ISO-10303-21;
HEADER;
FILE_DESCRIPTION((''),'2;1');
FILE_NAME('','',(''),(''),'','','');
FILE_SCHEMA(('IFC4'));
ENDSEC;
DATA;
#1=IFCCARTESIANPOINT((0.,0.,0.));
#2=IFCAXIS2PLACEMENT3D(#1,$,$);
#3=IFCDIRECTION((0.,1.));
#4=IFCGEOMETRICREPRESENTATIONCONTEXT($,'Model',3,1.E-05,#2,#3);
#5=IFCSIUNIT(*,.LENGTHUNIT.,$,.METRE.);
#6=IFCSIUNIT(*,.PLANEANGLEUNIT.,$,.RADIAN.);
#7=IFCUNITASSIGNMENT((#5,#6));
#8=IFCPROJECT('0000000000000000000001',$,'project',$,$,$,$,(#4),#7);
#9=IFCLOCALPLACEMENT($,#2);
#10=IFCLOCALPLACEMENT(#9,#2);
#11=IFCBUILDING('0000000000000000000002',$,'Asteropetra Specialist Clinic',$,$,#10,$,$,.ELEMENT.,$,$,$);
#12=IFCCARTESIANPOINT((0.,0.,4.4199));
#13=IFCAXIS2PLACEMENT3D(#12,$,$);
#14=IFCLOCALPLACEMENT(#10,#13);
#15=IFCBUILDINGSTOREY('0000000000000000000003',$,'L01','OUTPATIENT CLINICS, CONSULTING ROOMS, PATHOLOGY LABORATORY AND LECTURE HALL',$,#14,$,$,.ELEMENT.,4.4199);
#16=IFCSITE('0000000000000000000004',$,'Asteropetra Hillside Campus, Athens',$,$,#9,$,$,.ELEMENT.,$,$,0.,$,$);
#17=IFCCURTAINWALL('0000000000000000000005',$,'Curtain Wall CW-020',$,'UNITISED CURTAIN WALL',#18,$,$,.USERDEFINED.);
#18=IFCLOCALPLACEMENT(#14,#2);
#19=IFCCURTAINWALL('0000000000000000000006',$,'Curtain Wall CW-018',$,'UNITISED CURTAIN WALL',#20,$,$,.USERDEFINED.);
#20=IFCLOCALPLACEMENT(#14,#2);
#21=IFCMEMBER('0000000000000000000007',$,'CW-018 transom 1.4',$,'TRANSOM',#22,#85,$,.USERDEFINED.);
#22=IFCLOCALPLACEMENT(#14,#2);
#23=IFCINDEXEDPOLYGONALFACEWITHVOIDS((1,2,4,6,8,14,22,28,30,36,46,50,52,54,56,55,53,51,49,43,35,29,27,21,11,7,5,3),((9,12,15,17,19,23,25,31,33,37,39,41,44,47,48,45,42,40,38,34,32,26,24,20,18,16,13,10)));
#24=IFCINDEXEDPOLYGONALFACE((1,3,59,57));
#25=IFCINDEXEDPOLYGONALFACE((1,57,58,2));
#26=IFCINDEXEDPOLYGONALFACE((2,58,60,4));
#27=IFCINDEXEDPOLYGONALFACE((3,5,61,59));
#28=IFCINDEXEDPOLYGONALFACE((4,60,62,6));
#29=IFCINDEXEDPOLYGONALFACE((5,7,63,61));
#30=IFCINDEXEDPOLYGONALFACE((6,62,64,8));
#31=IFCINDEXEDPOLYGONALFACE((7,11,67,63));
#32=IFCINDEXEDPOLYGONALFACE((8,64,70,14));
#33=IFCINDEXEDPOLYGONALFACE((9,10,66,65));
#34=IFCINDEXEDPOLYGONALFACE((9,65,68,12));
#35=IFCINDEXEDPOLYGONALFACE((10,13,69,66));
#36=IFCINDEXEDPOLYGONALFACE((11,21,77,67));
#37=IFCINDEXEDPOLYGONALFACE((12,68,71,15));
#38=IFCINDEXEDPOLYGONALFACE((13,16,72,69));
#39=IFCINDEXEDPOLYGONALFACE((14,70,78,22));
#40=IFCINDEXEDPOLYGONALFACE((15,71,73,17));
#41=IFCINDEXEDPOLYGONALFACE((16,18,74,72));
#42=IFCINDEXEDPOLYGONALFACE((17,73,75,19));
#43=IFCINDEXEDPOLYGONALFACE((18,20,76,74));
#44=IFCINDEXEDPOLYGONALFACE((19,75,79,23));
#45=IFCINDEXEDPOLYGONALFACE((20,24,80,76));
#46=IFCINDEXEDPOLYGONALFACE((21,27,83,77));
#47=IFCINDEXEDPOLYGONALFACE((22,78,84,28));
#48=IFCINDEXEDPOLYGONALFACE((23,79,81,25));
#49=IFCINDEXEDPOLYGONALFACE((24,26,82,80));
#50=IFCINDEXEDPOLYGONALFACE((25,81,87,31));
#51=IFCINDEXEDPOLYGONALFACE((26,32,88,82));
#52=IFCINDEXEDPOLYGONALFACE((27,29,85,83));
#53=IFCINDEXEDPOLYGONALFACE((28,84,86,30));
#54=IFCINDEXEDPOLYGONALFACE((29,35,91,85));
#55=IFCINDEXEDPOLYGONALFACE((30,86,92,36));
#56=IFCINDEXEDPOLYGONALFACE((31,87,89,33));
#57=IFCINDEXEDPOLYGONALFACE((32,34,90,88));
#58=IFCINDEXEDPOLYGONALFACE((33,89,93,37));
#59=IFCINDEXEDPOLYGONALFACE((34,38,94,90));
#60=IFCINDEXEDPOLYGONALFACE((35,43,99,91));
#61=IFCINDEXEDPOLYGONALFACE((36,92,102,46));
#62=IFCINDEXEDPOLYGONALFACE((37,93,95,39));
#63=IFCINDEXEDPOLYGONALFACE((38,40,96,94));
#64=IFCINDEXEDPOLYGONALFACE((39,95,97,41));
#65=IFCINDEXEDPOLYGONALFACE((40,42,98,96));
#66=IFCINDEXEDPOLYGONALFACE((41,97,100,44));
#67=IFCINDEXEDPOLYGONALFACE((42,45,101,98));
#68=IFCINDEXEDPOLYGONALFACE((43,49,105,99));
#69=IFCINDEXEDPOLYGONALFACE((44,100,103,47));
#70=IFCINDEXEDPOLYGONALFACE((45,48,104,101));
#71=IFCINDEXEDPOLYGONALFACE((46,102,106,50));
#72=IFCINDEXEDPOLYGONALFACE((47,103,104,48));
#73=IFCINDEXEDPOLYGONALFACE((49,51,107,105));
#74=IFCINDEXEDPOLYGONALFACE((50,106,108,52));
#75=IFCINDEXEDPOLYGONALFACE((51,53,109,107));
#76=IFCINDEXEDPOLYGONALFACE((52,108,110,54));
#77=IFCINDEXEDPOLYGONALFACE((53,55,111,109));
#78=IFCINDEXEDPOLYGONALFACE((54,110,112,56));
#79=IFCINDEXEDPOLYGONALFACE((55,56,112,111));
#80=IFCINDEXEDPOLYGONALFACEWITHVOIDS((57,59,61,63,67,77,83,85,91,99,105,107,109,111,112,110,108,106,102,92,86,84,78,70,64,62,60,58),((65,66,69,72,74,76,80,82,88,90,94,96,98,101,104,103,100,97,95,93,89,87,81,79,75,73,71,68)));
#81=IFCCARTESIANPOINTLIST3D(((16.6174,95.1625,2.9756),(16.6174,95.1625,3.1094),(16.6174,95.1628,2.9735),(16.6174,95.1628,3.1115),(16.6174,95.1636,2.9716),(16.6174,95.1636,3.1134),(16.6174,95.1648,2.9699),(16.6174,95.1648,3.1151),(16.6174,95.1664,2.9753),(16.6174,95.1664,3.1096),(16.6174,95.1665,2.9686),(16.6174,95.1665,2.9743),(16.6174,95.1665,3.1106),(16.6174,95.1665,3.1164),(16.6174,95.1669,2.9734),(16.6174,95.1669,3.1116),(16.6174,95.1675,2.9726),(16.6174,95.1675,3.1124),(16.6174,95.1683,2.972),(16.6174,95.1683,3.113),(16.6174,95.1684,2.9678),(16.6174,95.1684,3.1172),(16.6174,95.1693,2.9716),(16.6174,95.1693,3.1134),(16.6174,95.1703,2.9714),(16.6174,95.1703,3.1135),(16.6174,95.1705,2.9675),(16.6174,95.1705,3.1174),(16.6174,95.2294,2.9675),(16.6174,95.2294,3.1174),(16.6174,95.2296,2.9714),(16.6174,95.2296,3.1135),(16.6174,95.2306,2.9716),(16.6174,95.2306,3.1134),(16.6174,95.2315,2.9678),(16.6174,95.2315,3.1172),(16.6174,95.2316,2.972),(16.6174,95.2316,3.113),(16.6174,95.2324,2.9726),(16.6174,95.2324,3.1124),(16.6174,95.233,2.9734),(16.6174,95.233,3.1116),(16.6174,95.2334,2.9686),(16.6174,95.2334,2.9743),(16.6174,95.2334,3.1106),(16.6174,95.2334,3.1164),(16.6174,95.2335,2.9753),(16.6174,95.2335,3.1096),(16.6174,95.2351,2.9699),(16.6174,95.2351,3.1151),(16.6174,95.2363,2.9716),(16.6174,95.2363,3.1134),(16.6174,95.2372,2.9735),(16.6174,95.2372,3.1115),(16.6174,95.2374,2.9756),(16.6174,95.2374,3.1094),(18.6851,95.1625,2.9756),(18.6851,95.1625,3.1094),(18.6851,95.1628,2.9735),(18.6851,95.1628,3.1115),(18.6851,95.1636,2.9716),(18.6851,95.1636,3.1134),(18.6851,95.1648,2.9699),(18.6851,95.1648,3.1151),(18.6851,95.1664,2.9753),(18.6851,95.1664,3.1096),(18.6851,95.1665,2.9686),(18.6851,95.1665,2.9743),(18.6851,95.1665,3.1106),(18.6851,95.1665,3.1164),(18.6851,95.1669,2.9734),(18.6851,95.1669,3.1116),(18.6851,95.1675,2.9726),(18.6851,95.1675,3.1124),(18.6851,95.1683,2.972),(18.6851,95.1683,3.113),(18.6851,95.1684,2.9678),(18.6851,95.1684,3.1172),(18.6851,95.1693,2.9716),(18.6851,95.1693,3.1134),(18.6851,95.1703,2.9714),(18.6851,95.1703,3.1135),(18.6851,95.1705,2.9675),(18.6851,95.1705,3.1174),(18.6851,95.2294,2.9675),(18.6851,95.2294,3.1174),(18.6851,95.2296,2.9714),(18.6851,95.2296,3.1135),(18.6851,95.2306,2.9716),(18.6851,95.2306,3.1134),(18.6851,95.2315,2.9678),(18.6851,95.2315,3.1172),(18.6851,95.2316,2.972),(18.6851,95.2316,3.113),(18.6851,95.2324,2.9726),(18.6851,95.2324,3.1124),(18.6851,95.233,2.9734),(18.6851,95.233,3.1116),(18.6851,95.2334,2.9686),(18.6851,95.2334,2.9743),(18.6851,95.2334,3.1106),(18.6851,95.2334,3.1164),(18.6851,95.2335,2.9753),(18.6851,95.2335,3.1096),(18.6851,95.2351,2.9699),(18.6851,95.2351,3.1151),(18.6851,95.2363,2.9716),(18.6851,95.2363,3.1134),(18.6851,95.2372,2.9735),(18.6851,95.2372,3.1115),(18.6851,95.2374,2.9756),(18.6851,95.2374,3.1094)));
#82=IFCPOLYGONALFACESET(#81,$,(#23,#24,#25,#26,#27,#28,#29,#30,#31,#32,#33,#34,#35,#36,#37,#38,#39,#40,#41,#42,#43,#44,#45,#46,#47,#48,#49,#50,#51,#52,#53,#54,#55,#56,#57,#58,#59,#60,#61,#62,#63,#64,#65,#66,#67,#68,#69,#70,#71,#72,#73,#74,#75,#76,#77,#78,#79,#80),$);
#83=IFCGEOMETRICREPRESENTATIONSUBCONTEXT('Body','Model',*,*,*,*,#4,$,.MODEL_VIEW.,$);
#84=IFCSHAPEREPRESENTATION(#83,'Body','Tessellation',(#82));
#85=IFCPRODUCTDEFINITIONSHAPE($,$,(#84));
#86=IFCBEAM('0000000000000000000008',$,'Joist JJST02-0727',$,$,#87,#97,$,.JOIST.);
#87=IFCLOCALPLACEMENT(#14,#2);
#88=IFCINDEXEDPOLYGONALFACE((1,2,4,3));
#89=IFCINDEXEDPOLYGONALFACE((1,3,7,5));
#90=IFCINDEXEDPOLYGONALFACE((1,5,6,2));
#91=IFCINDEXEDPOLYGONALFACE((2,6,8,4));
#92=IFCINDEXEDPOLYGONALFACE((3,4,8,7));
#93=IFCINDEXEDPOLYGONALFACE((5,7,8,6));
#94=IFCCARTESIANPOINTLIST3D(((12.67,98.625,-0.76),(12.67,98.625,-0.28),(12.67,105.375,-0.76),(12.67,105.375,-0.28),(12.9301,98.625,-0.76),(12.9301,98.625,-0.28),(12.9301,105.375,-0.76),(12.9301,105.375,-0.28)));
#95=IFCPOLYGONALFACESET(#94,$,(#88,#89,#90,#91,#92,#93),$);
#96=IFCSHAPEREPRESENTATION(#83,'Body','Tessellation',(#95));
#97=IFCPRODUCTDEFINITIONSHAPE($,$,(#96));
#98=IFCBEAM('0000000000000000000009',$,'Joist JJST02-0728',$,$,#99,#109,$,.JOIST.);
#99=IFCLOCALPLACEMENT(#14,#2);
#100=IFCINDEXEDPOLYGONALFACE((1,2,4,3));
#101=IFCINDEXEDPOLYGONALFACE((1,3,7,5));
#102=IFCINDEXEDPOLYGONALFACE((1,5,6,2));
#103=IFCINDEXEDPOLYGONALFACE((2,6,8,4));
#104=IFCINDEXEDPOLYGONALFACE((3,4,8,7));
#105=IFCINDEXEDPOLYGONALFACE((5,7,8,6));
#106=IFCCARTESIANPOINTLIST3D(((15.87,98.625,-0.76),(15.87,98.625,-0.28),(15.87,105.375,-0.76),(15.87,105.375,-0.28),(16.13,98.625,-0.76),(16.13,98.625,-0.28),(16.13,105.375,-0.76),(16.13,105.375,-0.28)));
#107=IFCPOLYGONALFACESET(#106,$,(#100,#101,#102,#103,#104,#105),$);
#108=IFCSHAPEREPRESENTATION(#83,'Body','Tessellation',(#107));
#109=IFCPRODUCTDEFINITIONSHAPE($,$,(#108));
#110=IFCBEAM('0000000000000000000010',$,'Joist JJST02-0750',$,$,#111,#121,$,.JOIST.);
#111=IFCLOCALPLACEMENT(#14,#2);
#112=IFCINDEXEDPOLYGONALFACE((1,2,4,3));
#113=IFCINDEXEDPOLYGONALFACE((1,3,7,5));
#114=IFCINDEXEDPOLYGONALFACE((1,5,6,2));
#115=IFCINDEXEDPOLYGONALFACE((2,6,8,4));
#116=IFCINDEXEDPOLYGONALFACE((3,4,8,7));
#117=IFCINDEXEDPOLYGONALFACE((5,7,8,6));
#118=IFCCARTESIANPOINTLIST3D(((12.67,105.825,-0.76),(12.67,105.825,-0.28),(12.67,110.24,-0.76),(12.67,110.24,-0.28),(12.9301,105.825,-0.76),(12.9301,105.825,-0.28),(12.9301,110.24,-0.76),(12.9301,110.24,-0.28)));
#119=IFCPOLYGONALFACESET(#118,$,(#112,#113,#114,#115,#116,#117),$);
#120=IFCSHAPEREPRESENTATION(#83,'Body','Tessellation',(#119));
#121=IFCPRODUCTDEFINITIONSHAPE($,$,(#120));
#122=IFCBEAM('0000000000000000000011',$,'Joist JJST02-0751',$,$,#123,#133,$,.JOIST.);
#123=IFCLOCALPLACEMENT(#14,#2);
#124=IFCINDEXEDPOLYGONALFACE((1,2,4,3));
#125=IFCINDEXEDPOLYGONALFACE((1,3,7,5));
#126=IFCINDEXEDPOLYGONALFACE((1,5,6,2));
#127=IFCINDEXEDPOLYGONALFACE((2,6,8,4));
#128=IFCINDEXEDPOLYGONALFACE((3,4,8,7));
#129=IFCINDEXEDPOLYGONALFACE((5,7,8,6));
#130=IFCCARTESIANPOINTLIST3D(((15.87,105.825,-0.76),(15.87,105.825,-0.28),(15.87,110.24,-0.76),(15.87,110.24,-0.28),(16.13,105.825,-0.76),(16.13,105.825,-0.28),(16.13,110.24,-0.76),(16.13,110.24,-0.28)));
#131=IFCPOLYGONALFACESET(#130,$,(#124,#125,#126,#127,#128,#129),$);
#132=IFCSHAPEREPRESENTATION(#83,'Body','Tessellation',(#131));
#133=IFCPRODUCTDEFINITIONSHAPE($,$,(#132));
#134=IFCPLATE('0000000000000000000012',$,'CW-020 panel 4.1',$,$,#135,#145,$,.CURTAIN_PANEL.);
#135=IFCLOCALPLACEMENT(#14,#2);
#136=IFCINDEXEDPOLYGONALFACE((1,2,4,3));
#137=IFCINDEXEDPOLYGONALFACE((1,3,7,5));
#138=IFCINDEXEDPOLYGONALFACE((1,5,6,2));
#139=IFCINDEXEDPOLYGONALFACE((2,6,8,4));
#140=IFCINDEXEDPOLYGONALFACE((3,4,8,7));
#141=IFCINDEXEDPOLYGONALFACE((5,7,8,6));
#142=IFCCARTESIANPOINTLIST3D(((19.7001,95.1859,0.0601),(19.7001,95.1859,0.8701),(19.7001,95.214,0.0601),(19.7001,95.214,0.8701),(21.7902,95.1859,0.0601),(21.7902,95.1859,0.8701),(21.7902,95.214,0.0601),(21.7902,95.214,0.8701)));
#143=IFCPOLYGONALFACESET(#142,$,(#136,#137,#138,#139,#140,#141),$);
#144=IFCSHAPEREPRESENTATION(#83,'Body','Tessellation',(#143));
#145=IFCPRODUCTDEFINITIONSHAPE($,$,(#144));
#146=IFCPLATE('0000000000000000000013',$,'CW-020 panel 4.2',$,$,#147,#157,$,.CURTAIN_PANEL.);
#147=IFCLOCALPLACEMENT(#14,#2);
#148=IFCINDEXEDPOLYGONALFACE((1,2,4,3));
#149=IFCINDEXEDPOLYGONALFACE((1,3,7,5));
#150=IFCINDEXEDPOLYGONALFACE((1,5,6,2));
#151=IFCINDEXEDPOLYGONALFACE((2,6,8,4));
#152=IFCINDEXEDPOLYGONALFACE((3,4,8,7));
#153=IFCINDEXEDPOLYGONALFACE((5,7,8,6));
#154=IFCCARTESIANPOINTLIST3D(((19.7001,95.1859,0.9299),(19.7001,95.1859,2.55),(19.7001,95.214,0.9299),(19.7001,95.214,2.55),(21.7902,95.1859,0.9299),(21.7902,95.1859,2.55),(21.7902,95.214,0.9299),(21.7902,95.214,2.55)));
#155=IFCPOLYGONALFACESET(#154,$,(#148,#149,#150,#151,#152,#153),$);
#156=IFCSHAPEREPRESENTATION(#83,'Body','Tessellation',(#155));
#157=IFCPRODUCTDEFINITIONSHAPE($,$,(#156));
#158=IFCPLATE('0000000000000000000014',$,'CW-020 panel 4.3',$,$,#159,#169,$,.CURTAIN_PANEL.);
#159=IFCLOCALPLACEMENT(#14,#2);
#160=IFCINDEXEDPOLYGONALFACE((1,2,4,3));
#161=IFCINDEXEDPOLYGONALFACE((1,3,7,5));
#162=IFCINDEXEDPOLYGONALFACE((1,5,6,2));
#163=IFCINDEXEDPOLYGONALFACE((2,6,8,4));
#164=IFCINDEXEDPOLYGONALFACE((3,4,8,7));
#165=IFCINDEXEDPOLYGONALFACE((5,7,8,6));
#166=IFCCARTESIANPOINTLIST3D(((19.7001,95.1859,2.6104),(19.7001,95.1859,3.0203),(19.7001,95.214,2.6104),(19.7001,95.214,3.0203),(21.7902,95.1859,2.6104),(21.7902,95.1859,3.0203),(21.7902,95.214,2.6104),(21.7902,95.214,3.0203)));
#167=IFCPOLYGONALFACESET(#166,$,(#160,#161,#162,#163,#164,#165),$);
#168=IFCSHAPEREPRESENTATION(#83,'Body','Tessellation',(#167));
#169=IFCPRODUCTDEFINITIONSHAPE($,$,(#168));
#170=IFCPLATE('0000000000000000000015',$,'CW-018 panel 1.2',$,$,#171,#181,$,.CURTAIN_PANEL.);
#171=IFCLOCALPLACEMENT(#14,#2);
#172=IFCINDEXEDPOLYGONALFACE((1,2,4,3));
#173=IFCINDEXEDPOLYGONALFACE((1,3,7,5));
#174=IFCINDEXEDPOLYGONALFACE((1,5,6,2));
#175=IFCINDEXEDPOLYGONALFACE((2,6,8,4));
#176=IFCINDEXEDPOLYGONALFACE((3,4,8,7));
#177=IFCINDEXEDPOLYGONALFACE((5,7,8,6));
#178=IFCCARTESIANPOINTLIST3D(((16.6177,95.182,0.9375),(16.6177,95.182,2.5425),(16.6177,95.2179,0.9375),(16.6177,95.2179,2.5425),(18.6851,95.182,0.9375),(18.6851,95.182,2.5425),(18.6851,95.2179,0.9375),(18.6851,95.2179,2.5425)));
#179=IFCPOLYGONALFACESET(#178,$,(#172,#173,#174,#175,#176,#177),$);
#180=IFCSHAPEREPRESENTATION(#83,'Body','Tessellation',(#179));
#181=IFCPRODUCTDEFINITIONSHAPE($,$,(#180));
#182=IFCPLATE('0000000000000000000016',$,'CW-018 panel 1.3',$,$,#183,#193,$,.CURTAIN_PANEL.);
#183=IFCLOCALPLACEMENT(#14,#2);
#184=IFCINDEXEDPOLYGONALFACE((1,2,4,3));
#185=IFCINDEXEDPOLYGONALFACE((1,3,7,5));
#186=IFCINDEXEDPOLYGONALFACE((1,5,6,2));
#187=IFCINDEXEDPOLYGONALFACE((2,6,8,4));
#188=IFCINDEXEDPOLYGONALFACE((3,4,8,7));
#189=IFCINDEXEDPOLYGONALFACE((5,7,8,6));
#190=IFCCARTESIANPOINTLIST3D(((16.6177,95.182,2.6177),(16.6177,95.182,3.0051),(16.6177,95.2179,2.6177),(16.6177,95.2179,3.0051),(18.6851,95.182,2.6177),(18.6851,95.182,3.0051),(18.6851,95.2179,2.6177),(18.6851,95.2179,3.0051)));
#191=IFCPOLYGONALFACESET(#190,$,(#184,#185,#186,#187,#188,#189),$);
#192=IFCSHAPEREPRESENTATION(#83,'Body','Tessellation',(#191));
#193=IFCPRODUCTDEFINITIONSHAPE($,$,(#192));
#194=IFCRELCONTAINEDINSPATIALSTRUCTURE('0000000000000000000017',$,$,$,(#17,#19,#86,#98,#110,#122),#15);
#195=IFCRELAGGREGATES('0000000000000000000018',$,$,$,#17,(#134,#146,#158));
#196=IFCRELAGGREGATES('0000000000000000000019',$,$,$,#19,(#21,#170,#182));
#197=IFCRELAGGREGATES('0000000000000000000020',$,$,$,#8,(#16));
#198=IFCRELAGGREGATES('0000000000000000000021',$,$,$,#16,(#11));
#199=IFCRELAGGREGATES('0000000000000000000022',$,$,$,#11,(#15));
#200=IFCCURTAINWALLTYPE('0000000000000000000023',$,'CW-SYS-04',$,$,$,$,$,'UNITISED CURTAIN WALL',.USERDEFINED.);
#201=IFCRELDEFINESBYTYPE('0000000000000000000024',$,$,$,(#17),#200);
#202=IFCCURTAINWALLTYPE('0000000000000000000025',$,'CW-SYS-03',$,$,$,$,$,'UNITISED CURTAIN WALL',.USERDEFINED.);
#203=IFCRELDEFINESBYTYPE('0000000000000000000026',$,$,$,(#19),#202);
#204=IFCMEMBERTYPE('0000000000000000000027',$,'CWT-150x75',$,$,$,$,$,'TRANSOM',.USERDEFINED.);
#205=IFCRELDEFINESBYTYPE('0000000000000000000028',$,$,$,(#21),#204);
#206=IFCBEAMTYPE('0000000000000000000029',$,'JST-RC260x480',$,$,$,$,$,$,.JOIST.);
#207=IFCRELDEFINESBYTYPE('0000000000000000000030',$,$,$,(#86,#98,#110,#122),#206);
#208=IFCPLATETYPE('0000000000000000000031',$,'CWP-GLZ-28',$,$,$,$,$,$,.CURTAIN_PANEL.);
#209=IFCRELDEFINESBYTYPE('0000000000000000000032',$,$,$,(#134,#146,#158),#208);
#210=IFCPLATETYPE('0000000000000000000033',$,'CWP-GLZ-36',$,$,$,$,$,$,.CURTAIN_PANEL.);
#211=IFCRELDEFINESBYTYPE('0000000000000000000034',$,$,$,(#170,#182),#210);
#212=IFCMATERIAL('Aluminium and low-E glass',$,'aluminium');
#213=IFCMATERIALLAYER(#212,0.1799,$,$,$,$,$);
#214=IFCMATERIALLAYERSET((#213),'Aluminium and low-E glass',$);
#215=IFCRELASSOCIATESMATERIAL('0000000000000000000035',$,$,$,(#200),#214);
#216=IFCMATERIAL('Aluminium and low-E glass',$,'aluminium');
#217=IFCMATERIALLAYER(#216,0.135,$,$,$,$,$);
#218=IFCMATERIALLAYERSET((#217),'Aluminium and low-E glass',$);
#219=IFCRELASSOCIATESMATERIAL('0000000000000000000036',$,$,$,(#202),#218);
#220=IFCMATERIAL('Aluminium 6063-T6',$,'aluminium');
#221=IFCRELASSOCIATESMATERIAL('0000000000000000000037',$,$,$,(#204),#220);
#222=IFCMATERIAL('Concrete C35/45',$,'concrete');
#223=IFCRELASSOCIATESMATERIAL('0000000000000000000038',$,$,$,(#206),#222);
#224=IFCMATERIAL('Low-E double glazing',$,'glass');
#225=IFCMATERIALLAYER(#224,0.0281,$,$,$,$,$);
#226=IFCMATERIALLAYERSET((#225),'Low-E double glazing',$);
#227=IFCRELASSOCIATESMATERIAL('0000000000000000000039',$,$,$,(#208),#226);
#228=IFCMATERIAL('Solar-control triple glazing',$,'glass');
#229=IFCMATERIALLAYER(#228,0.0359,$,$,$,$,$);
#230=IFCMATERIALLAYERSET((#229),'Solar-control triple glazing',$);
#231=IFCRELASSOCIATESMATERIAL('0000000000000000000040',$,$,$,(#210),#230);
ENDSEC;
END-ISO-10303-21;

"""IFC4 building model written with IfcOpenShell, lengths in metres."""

from ifc_helpers import new_model, si_unit, direction, frame, origin, origin_2d, place, context, subcontext, project, spatial, rectangle, hollow_rectangle, extrude, material, layer, layer_set, material_profile, profile_set, type_object, element, aggregate, save


model = new_model("IFC4")

# Units and contexts
model_context = context("Model", 3, precision=1e-05, world=origin(), true_north=direction((0.0, 1.0)))
body_context = subcontext(model_context, "Body", "Model", "MODEL_VIEW")
ifc_project = project(units=[si_unit("LENGTHUNIT", "METRE"), si_unit("PLANEANGLEUNIT", "RADIAN")], contexts=[model_context])

# Site, building, storey
site_placement = place(None, origin())
site = spatial("IfcSite", under=ifc_project, at=site_placement, Name="Asteropetra Hillside Campus, Athens", CompositionType="ELEMENT", RefElevation=0.0)
building_placement = place(site_placement, origin())
building = spatial("IfcBuilding", under=site, at=building_placement, Name="Asteropetra Specialist Clinic", CompositionType="ELEMENT")
storey_placement = place(building_placement, frame((0.0, 0.0, 4.4199)))
storey = spatial("IfcBuildingStorey", under=building, at=storey_placement, Name="L01", Description="OUTPATIENT CLINICS, CONSULTING ROOMS, PATHOLOGY LABORATORY AND LECTURE HALL", CompositionType="ELEMENT", Elevation=4.4199)

# Curtain wall
ifc_material_1 = material(Name="Aluminium and low-E glass", Category="aluminium")
ifc_layer_1 = layer(ifc_material_1, 0.1799)
ifc_layer_set_1 = layer_set([ifc_layer_1], Name="Aluminium and low-E glass")
curtain_wall_type_1 = type_object("IfcCurtainWallType", Name="CW-SYS-04", ElementType="UNITISED CURTAIN WALL", PredefinedType="USERDEFINED", material=ifc_layer_set_1)
curtain_wall_1_placement = place(storey_placement, origin())
curtain_wall_1 = element("IfcCurtainWall", 1, at=curtain_wall_1_placement, inside=storey, type_object=curtain_wall_type_1, Name="Curtain Wall CW-020", ObjectType="UNITISED CURTAIN WALL", PredefinedType="USERDEFINED")

# Curtain wall, member
ifc_material_2 = material(Name="Aluminium and low-E glass", Category="aluminium")
ifc_layer_2 = layer(ifc_material_2, 0.135)
ifc_layer_set_2 = layer_set([ifc_layer_2], Name="Aluminium and low-E glass")
curtain_wall_type_2 = type_object("IfcCurtainWallType", Name="CW-SYS-03", ElementType="UNITISED CURTAIN WALL", PredefinedType="USERDEFINED", material=ifc_layer_set_2)
curtain_wall_2_placement = place(storey_placement, origin())
curtain_wall_2 = element("IfcCurtainWall", 2, at=curtain_wall_2_placement, inside=storey, type_object=curtain_wall_type_2, Name="Curtain Wall CW-018", ObjectType="UNITISED CURTAIN WALL", PredefinedType="USERDEFINED")
ifc_material_3 = material(Name="Aluminium 6063-T6", Category="aluminium")
ifc_material_profile_1 = material_profile(ifc_material_3, hollow_rectangle(XDim=0.075, YDim=0.1499, WallThickness=0.0039, InnerFilletRadius=0.0039, OuterFilletRadius=0.0081, at=origin_2d()), Name="TRN 150x75x4.0")
ifc_profile_set_1 = profile_set([ifc_material_profile_1], Name="Aluminium 6063-T6")
member_type_1 = type_object("IfcMemberType", Name="CWT-150x75", ElementType="TRANSOM", PredefinedType="USERDEFINED", material=ifc_profile_set_1)
member_1_placement = place(storey_placement, frame((18.6851, 95.2, 3.0425), z_axis=(-1.0, 0.0, 0.0), x_axis=(0.0, -1.0, 0.0)))
member_1 = element("IfcMember", 3, at=member_1_placement, type_object=member_type_1, Name="CW-018 transom 1.4", ObjectType="TRANSOM", PredefinedType="USERDEFINED", context=body_context, shape_type="SweptSolid", body=[
    extrude(hollow_rectangle(XDim=0.075, YDim=0.1499, WallThickness=0.0039, InnerFilletRadius=0.0039, OuterFilletRadius=0.0081, at=origin_2d()), origin(), (0.0, 0.0, 1.0), 2.0676),
])

# Beams
ifc_material_4 = material(Name="Concrete C35/45", Category="concrete")
ifc_material_profile_2 = material_profile(ifc_material_4, rectangle(XDim=0.26, YDim=0.48, at=origin_2d()), Name="RCJ 260x480")
ifc_profile_set_2 = profile_set([ifc_material_profile_2], Name="Concrete C35/45")
beam_type_1 = type_object("IfcBeamType", Name="JST-RC260x480", PredefinedType="JOIST", material=ifc_profile_set_2)
for number, where, z_axis, x_axis, name in (
    (4, (12.8, 98.625, -0.52), (0.0, 1.0, 0.0), (-1.0, 0.0, 0.0), "Joist JJST02-0727"),
    (5, (16.0, 98.625, -0.52), (0.0, 1.0, 0.0), (-1.0, 0.0, 0.0), "Joist JJST02-0728"),
):
    element("IfcBeam", number, at=place(storey_placement, frame(where, z_axis=z_axis, x_axis=x_axis)), inside=storey, type_object=beam_type_1, Name=name, PredefinedType="JOIST", context=body_context, shape_type="SweptSolid", body=[
        extrude(rectangle(XDim=0.26, YDim=0.48, at=origin_2d()), origin(), (0.0, 0.0, 1.0), 6.75),
    ])
for number, where, z_axis, x_axis, name in (
    (6, (12.8, 105.825, -0.52), (0.0, 1.0, 0.0), (-1.0, 0.0, 0.0), "Joist JJST02-0750"),
    (7, (16.0, 105.825, -0.52), (0.0, 1.0, 0.0), (-1.0, 0.0, 0.0), "Joist JJST02-0751"),
):
    element("IfcBeam", number, at=place(storey_placement, frame(where, z_axis=z_axis, x_axis=x_axis)), inside=storey, type_object=beam_type_1, Name=name, PredefinedType="JOIST", context=body_context, shape_type="SweptSolid", body=[
        extrude(rectangle(XDim=0.26, YDim=0.48, at=origin_2d()), origin(), (0.0, 0.0, 1.0), 4.415),
    ])

# Plates
ifc_material_5 = material(Name="Low-E double glazing", Category="glass")
ifc_layer_3 = layer(ifc_material_5, 0.0281)
ifc_layer_set_3 = layer_set([ifc_layer_3], Name="Low-E double glazing")
plate_type_1 = type_object("IfcPlateType", Name="CWP-GLZ-28", PredefinedType="CURTAIN_PANEL", material=ifc_layer_set_3)
plate_1_placement = place(storey_placement, frame((20.7451, 95.2, 0.0601), z_axis=(0.0, 0.0, 1.0), x_axis=(-1.0, 0.0, 0.0)))
plate_1 = element("IfcPlate", 8, at=plate_1_placement, type_object=plate_type_1, Name="CW-020 panel 4.1", PredefinedType="CURTAIN_PANEL", context=body_context, shape_type="SweptSolid", body=[
    extrude(rectangle(XDim=2.0901, YDim=0.0281, at=origin_2d()), origin(), (0.0, 0.0, 1.0), 0.8101),
])
plate_2_placement = place(storey_placement, frame((20.7451, 95.2, 0.9299), z_axis=(0.0, 0.0, 1.0), x_axis=(-1.0, 0.0, 0.0)))
plate_2 = element("IfcPlate", 9, at=plate_2_placement, type_object=plate_type_1, Name="CW-020 panel 4.2", PredefinedType="CURTAIN_PANEL", context=body_context, shape_type="SweptSolid", body=[
    extrude(rectangle(XDim=2.0901, YDim=0.0281, at=origin_2d()), origin(), (0.0, 0.0, 1.0), 1.6201),
])
plate_3_placement = place(storey_placement, frame((20.7451, 95.2, 2.6104), z_axis=(0.0, 0.0, 1.0), x_axis=(-1.0, 0.0, 0.0)))
plate_3 = element("IfcPlate", 10, at=plate_3_placement, type_object=plate_type_1, Name="CW-020 panel 4.3", PredefinedType="CURTAIN_PANEL", context=body_context, shape_type="SweptSolid", body=[
    extrude(rectangle(XDim=2.0901, YDim=0.0281, at=origin_2d()), origin(), (0.0, 0.0, 1.0), 0.4099),
])
aggregate(curtain_wall_1, [plate_1, plate_2, plate_3])
ifc_material_6 = material(Name="Solar-control triple glazing", Category="glass")
ifc_layer_4 = layer(ifc_material_6, 0.0359)
ifc_layer_set_4 = layer_set([ifc_layer_4], Name="Solar-control triple glazing")
plate_type_2 = type_object("IfcPlateType", Name="CWP-GLZ-36", PredefinedType="CURTAIN_PANEL", material=ifc_layer_set_4)
plate_4_placement = place(storey_placement, frame((17.6514, 95.2, 0.9375), z_axis=(0.0, 0.0, 1.0), x_axis=(-1.0, 0.0, 0.0)))
plate_4 = element("IfcPlate", 11, at=plate_4_placement, type_object=plate_type_2, Name="CW-018 panel 1.2", PredefinedType="CURTAIN_PANEL", context=body_context, shape_type="SweptSolid", body=[
    extrude(rectangle(XDim=2.0674, YDim=0.0359, at=origin_2d()), origin(), (0.0, 0.0, 1.0), 1.605),
])
plate_5_placement = place(storey_placement, frame((17.6514, 95.2, 2.6177), z_axis=(0.0, 0.0, 1.0), x_axis=(-1.0, 0.0, 0.0)))
plate_5 = element("IfcPlate", 12, at=plate_5_placement, type_object=plate_type_2, Name="CW-018 panel 1.3", PredefinedType="CURTAIN_PANEL", context=body_context, shape_type="SweptSolid", body=[
    extrude(rectangle(XDim=2.0674, YDim=0.0359, at=origin_2d()), origin(), (0.0, 0.0, 1.0), 0.3875),
])
aggregate(curtain_wall_2, [member_1, plate_4, plate_5])

save(model, "model.ifc")
